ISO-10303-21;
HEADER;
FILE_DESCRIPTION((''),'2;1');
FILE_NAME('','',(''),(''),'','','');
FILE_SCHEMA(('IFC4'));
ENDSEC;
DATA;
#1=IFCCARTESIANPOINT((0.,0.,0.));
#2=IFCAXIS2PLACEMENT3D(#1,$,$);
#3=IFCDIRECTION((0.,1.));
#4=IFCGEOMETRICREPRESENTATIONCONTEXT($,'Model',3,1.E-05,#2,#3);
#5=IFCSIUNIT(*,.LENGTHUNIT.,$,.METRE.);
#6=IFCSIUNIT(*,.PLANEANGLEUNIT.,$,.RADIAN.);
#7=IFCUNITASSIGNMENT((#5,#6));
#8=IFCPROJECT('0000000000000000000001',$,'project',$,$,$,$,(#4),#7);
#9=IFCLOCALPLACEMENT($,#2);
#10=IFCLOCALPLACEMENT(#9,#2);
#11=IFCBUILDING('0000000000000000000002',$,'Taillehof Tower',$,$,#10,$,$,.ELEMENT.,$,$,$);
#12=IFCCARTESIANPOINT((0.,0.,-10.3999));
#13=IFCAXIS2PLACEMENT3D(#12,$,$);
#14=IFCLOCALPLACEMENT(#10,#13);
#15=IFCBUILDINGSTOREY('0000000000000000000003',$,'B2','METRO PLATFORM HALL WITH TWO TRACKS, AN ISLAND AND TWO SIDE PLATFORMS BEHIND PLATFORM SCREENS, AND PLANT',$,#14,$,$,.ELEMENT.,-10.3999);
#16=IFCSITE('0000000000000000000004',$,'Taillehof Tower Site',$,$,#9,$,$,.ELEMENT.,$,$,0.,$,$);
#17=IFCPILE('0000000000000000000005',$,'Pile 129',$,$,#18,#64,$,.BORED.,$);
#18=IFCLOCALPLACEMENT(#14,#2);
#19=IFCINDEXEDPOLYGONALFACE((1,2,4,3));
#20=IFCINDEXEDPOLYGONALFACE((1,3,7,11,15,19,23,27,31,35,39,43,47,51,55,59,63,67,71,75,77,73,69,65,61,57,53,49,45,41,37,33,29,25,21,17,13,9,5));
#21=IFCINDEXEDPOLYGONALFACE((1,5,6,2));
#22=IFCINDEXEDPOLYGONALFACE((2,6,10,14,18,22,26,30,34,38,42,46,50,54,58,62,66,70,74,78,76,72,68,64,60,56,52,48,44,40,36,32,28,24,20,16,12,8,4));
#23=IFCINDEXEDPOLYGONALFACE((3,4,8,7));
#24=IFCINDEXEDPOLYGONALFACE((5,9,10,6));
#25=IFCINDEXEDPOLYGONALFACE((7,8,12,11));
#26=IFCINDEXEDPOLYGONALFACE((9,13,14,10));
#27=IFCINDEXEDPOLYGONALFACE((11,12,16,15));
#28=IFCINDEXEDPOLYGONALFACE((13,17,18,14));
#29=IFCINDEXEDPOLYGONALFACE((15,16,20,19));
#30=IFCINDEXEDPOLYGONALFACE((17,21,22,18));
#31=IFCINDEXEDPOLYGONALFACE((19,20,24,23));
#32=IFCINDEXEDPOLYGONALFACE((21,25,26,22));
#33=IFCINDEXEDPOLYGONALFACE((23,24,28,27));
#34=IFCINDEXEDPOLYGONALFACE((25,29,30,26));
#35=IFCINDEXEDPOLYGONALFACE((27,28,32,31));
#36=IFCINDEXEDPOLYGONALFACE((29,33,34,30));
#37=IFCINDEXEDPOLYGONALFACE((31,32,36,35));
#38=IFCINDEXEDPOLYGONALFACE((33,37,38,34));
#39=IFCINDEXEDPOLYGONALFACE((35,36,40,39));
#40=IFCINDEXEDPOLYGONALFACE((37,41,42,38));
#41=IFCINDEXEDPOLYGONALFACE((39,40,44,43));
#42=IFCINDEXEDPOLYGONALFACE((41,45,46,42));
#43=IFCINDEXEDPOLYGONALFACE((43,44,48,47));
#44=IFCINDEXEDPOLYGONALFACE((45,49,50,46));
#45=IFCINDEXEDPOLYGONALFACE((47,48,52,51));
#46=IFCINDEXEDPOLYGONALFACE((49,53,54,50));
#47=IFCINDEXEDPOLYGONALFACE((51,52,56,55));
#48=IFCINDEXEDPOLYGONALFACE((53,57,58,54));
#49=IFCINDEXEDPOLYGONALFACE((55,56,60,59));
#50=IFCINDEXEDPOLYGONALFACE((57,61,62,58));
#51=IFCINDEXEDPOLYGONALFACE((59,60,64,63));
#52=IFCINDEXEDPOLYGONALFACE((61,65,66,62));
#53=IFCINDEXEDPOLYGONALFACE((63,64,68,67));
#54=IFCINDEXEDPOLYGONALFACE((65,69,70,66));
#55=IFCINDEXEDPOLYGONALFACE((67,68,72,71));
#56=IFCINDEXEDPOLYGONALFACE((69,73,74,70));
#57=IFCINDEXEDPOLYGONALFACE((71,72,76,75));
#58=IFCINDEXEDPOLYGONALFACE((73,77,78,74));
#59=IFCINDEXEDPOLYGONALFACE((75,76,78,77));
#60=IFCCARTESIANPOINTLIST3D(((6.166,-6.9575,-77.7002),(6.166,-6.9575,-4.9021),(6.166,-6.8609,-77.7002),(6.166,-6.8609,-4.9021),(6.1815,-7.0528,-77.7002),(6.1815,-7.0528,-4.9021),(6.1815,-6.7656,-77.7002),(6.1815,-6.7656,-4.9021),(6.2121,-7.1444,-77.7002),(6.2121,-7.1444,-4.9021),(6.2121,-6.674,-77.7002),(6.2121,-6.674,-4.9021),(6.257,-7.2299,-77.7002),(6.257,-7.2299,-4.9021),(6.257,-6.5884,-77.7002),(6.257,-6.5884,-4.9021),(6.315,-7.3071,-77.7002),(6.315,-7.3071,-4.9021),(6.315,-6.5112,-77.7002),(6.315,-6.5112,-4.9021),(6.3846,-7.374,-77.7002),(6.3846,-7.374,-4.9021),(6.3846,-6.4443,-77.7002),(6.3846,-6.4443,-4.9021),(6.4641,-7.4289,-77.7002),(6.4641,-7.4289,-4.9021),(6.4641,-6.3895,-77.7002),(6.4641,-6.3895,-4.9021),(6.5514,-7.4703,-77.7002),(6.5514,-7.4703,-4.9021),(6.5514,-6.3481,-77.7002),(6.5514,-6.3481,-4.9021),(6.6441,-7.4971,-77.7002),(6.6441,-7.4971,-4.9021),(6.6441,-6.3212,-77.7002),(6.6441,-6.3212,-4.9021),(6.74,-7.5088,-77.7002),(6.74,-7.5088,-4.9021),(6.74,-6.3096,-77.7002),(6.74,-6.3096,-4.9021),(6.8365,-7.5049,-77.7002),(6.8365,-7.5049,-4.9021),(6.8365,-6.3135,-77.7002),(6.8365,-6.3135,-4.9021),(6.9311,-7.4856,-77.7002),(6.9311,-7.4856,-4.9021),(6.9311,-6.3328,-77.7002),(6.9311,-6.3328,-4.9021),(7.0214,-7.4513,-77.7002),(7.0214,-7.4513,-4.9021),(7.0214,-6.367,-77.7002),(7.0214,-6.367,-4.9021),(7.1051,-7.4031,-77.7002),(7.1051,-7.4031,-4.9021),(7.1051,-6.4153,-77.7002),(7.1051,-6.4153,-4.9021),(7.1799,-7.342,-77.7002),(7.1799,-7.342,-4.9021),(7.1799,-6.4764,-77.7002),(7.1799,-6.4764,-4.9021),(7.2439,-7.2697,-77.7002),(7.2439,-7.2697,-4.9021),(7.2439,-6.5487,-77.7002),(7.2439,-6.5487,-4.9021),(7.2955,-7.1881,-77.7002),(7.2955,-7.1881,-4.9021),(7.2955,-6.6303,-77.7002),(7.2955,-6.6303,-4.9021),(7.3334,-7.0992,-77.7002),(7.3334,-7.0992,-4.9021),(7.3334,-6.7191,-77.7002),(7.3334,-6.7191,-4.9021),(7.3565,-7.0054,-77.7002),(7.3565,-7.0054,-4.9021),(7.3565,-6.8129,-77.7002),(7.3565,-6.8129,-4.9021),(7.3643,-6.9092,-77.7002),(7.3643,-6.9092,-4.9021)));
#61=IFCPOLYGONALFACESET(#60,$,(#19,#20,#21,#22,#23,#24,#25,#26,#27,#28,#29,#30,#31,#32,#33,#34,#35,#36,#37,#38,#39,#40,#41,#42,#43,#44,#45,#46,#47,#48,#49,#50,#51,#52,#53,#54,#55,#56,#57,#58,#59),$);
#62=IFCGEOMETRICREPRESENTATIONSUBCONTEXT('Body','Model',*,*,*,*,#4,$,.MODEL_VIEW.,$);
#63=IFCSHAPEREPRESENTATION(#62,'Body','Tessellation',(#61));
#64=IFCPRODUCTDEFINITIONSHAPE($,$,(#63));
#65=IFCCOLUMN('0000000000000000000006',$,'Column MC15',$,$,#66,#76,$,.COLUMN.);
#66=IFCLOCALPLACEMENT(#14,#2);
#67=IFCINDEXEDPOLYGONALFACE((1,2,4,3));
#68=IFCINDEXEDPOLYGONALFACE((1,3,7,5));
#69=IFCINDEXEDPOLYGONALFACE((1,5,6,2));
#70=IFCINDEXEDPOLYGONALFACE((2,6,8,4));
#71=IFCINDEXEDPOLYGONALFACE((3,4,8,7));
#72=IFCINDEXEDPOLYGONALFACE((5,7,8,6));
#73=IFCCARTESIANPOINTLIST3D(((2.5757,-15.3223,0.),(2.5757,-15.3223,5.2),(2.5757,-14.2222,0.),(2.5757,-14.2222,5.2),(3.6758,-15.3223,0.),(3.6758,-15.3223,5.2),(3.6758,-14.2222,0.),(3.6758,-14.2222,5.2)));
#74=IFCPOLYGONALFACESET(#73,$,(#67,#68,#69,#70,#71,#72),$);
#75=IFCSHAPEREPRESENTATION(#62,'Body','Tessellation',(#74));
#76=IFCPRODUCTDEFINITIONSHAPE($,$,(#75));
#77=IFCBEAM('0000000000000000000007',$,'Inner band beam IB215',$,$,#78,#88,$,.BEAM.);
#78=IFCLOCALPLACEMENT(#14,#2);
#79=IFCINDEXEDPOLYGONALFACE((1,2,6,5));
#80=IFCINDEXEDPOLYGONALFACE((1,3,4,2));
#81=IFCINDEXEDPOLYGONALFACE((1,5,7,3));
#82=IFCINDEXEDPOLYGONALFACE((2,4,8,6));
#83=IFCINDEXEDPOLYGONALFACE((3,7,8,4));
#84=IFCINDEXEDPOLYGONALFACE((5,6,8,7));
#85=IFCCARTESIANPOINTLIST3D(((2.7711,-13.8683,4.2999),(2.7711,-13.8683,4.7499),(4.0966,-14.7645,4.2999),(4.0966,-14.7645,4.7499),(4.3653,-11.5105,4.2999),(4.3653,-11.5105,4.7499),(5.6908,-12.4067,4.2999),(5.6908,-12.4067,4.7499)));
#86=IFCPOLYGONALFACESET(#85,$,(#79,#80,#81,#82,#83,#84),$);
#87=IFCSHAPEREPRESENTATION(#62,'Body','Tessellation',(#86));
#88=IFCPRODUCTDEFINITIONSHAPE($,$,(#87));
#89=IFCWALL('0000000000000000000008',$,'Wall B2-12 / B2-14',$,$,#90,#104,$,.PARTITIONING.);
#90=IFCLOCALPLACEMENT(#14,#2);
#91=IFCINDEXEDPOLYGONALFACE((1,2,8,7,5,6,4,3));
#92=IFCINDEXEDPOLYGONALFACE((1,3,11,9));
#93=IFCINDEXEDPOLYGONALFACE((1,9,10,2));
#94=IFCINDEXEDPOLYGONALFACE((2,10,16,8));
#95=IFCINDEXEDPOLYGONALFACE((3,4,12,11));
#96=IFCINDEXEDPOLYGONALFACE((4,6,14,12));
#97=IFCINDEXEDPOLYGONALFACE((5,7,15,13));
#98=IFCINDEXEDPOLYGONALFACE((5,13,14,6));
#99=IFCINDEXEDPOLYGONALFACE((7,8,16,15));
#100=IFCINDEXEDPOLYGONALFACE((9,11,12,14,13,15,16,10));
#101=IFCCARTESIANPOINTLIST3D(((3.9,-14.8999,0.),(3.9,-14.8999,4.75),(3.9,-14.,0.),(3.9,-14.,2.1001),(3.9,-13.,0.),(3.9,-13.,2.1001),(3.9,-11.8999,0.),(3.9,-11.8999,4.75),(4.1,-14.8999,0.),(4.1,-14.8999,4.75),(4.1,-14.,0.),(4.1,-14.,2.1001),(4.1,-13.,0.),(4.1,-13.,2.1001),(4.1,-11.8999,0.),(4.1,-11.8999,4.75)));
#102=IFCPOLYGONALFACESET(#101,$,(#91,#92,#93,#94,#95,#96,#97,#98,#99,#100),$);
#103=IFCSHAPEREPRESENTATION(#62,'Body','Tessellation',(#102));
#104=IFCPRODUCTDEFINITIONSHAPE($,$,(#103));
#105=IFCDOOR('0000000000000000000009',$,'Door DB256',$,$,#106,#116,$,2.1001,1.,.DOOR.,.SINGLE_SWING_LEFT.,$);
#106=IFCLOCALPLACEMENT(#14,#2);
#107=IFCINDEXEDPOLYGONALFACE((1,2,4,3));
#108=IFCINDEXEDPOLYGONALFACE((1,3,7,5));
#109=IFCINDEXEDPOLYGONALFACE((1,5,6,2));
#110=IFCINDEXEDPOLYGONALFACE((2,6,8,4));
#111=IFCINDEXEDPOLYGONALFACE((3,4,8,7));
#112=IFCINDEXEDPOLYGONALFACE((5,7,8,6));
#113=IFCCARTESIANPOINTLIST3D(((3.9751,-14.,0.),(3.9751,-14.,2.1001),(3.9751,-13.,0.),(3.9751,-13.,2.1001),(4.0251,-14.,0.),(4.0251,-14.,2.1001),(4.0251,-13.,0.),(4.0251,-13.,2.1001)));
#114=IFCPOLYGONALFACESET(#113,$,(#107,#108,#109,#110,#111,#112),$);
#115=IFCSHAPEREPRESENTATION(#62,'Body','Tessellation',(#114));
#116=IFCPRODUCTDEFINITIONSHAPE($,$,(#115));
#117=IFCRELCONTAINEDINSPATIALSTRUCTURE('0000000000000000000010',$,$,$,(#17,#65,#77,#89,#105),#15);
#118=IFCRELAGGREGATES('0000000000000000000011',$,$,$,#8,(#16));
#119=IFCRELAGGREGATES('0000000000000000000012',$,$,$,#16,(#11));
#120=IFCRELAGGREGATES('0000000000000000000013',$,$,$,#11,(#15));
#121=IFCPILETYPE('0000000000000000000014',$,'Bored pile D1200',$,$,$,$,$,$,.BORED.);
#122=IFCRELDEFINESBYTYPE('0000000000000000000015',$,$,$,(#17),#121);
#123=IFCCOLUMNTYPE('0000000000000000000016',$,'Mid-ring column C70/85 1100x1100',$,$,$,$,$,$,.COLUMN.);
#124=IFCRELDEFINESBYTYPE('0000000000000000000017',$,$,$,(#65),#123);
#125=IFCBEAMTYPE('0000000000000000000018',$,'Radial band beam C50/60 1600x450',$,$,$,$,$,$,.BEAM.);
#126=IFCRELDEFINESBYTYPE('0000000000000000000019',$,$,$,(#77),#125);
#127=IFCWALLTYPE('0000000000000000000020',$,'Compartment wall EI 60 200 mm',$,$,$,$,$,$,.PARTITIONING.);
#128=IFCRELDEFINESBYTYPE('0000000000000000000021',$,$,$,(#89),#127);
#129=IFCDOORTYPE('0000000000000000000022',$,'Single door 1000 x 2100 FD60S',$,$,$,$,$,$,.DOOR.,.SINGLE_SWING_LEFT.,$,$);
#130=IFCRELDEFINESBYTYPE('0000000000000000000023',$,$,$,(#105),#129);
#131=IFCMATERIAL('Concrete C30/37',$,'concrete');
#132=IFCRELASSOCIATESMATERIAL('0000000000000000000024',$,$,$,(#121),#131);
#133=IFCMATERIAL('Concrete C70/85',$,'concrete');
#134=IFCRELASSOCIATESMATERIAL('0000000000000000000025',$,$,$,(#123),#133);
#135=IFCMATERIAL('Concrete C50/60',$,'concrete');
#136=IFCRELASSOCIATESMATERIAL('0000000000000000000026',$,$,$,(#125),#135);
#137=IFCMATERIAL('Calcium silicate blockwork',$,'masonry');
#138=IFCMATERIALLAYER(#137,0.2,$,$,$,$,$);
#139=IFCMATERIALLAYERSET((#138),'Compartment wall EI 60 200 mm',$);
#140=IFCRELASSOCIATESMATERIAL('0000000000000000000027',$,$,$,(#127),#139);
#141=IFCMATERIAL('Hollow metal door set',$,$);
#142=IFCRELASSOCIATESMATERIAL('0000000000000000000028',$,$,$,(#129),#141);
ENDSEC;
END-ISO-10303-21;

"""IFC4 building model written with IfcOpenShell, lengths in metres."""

from ifc_helpers import new_model, si_unit, direction, frame, frame_2d, origin, origin_2d, place, context, subcontext, project, spatial, rectangle, circle, extrude, material, layer, layer_set, material_profile, profile_set, type_object, element, fill, save


model = new_model("IFC4")

# Units and contexts
model_context = context("Model", 3, precision=1e-05, world=origin(), true_north=direction((0.0, 1.0)))
body_context = subcontext(model_context, "Body", "Model", "MODEL_VIEW")
ifc_project = project(units=[si_unit("LENGTHUNIT", "METRE"), si_unit("PLANEANGLEUNIT", "RADIAN")], contexts=[model_context])

# Site, building, storey
site_placement = place(None, origin())
site = spatial("IfcSite", under=ifc_project, at=site_placement, Name="Taillehof Tower Site", CompositionType="ELEMENT", RefElevation=0.0)
building_placement = place(site_placement, origin())
building = spatial("IfcBuilding", under=site, at=building_placement, Name="Taillehof Tower", CompositionType="ELEMENT")
storey_placement = place(building_placement, frame((0.0, 0.0, -10.3999)))
storey = spatial("IfcBuildingStorey", under=building, at=storey_placement, Name="B2", Description="METRO PLATFORM HALL WITH TWO TRACKS, AN ISLAND AND TWO SIDE PLATFORMS BEHIND PLATFORM SCREENS, AND PLANT", CompositionType="ELEMENT", Elevation=-10.3999)

# Pile
ifc_material_1 = material(Name="Concrete C30/37", Category="concrete")
ifc_material_profile_1 = material_profile(ifc_material_1, circle(Radius=0.6001, at=origin_2d()), Name="BP D1200")
ifc_profile_set_1 = profile_set([ifc_material_profile_1], Name="Concrete C30/37")
pile_type = type_object("IfcPileType", Name="Bored pile D1200", PredefinedType="BORED", material=ifc_profile_set_1)
for number, where, z_axis, x_axis, name in (
    (1, (6.7642, -6.9092, -4.9021), (0.0, 0.0, -1.0), (1.0, 0.0, 0.0), "Pile 129"),
):
    element("IfcPile", number, at=place(storey_placement, frame(where, z_axis=z_axis, x_axis=x_axis)), inside=storey, type_object=pile_type, Name=name, PredefinedType="BORED", context=body_context, shape_type="SweptSolid", body=[
        extrude(circle(Radius=0.6001, at=origin_2d()), origin(), (0.0, 0.0, 1.0), 72.7981),
    ])

# Column
ifc_material_2 = material(Name="Concrete C70/85", Category="concrete")
ifc_material_profile_2 = material_profile(ifc_material_2, rectangle(XDim=1.1001, YDim=1.1001, at=origin_2d()), Name="RC 1100x1100")
ifc_profile_set_2 = profile_set([ifc_material_profile_2], Name="Concrete C70/85")
column_type = type_object("IfcColumnType", Name="Mid-ring column C70/85 1100x1100", PredefinedType="COLUMN", material=ifc_profile_set_2)
column_placement = place(storey_placement, frame((3.1257, -14.7722, 0.0), z_axis=(0.0, 0.0, 1.0), x_axis=(1.0, 0.0, 0.0)))
element("IfcColumn", 2, at=column_placement, inside=storey, type_object=column_type, Name="Column MC15", PredefinedType="COLUMN", context=body_context, shape_type="SweptSolid", body=[
    extrude(rectangle(XDim=1.1001, YDim=1.1001, at=origin_2d()), origin(), (0.0, 0.0, 1.0), 5.2),
])

# Beam
ifc_material_3 = material(Name="Concrete C50/60", Category="concrete")
ifc_material_profile_3 = material_profile(ifc_material_3, rectangle(XDim=1.6001, YDim=0.45, at=origin_2d()), Name="RC 1600x450")
ifc_profile_set_3 = profile_set([ifc_material_profile_3], Name="Concrete C50/60")
beam_type = type_object("IfcBeamType", Name="Radial band beam C50/60 1600x450", PredefinedType="BEAM", material=ifc_profile_set_3)
beam_placement = place(storey_placement, frame((3.4338, -14.3164, 4.5249), z_axis=(0.560112, 0.828417, 0.0), x_axis=(-0.828417, 0.560112, 0.0)))
element("IfcBeam", 3, at=beam_placement, inside=storey, type_object=beam_type, Name="Inner band beam IB215", PredefinedType="BEAM", context=body_context, shape_type="SweptSolid", body=[
    extrude(rectangle(XDim=1.6001, YDim=0.45, at=origin_2d()), origin(), (0.0, 0.0, 1.0), 2.8462),
])

# Wall, opening, door
ifc_material_4 = material(Name="Calcium silicate blockwork", Category="masonry")
ifc_layer_1 = layer(ifc_material_4, 0.2)
ifc_layer_set_1 = layer_set([ifc_layer_1], Name="Compartment wall EI 60 200 mm")
wall_type_1 = type_object("IfcWallType", Name="Compartment wall EI 60 200 mm", PredefinedType="PARTITIONING", material=ifc_layer_set_1)
wall_1_placement = place(storey_placement, frame((4.0, -14.8999, 0.0), z_axis=(0.0, 0.0, 1.0), x_axis=(0.0, 1.0, 0.0)))
wall_1 = element("IfcWall", 4, at=wall_1_placement, inside=storey, type_object=wall_type_1, Name="Wall B2-12 / B2-14", PredefinedType="PARTITIONING", context=body_context, shape_type="SweptSolid", body=[
    extrude(rectangle(XDim=3.0, YDim=0.2, at=frame_2d((1.5, 0.0))), origin(), (0.0, 0.0, 1.0), 4.75),
])
opening_1_placement = place(wall_1_placement, frame((0.8999, 0.0, 0.0)))
opening_1 = element("IfcOpeningElement", 5, at=opening_1_placement, cuts=wall_1, PredefinedType="OPENING", context=body_context, shape_type="SweptSolid", body=[
    extrude(rectangle(XDim=1.0, YDim=2.1001, at=frame_2d((0.5, 1.05))), frame((0.0, 0.1099, 0.0), z_axis=(0.0, -1.0, 0.0), x_axis=(1.0, 0.0, 0.0)), (0.0, 0.0, 1.0), 0.22),
])
ifc_material_5 = material(Name="Hollow metal door set")
door_type_1 = type_object("IfcDoorType", Name="Single door 1000 x 2100 FD60S", OperationType="SINGLE_SWING_LEFT", PredefinedType="DOOR", material=ifc_material_5)
door_1_placement = place(opening_1_placement, origin())
door_1 = element("IfcDoor", 6, at=door_1_placement, inside=storey, type_object=door_type_1, Name="Door DB256", OperationType="SINGLE_SWING_LEFT", OverallHeight=2.1001, OverallWidth=1.0, PredefinedType="DOOR", context=body_context, shape_type="SweptSolid", body=[
    extrude(rectangle(XDim=1.0, YDim=2.1001, at=frame_2d((0.5, 1.05))), frame((0.0, 0.0249, 0.0), z_axis=(0.0, -1.0, 0.0), x_axis=(1.0, 0.0, 0.0)), (0.0, 0.0, 1.0), 0.05),
])
fill(opening_1, door_1)

save(model, "model.ifc")
